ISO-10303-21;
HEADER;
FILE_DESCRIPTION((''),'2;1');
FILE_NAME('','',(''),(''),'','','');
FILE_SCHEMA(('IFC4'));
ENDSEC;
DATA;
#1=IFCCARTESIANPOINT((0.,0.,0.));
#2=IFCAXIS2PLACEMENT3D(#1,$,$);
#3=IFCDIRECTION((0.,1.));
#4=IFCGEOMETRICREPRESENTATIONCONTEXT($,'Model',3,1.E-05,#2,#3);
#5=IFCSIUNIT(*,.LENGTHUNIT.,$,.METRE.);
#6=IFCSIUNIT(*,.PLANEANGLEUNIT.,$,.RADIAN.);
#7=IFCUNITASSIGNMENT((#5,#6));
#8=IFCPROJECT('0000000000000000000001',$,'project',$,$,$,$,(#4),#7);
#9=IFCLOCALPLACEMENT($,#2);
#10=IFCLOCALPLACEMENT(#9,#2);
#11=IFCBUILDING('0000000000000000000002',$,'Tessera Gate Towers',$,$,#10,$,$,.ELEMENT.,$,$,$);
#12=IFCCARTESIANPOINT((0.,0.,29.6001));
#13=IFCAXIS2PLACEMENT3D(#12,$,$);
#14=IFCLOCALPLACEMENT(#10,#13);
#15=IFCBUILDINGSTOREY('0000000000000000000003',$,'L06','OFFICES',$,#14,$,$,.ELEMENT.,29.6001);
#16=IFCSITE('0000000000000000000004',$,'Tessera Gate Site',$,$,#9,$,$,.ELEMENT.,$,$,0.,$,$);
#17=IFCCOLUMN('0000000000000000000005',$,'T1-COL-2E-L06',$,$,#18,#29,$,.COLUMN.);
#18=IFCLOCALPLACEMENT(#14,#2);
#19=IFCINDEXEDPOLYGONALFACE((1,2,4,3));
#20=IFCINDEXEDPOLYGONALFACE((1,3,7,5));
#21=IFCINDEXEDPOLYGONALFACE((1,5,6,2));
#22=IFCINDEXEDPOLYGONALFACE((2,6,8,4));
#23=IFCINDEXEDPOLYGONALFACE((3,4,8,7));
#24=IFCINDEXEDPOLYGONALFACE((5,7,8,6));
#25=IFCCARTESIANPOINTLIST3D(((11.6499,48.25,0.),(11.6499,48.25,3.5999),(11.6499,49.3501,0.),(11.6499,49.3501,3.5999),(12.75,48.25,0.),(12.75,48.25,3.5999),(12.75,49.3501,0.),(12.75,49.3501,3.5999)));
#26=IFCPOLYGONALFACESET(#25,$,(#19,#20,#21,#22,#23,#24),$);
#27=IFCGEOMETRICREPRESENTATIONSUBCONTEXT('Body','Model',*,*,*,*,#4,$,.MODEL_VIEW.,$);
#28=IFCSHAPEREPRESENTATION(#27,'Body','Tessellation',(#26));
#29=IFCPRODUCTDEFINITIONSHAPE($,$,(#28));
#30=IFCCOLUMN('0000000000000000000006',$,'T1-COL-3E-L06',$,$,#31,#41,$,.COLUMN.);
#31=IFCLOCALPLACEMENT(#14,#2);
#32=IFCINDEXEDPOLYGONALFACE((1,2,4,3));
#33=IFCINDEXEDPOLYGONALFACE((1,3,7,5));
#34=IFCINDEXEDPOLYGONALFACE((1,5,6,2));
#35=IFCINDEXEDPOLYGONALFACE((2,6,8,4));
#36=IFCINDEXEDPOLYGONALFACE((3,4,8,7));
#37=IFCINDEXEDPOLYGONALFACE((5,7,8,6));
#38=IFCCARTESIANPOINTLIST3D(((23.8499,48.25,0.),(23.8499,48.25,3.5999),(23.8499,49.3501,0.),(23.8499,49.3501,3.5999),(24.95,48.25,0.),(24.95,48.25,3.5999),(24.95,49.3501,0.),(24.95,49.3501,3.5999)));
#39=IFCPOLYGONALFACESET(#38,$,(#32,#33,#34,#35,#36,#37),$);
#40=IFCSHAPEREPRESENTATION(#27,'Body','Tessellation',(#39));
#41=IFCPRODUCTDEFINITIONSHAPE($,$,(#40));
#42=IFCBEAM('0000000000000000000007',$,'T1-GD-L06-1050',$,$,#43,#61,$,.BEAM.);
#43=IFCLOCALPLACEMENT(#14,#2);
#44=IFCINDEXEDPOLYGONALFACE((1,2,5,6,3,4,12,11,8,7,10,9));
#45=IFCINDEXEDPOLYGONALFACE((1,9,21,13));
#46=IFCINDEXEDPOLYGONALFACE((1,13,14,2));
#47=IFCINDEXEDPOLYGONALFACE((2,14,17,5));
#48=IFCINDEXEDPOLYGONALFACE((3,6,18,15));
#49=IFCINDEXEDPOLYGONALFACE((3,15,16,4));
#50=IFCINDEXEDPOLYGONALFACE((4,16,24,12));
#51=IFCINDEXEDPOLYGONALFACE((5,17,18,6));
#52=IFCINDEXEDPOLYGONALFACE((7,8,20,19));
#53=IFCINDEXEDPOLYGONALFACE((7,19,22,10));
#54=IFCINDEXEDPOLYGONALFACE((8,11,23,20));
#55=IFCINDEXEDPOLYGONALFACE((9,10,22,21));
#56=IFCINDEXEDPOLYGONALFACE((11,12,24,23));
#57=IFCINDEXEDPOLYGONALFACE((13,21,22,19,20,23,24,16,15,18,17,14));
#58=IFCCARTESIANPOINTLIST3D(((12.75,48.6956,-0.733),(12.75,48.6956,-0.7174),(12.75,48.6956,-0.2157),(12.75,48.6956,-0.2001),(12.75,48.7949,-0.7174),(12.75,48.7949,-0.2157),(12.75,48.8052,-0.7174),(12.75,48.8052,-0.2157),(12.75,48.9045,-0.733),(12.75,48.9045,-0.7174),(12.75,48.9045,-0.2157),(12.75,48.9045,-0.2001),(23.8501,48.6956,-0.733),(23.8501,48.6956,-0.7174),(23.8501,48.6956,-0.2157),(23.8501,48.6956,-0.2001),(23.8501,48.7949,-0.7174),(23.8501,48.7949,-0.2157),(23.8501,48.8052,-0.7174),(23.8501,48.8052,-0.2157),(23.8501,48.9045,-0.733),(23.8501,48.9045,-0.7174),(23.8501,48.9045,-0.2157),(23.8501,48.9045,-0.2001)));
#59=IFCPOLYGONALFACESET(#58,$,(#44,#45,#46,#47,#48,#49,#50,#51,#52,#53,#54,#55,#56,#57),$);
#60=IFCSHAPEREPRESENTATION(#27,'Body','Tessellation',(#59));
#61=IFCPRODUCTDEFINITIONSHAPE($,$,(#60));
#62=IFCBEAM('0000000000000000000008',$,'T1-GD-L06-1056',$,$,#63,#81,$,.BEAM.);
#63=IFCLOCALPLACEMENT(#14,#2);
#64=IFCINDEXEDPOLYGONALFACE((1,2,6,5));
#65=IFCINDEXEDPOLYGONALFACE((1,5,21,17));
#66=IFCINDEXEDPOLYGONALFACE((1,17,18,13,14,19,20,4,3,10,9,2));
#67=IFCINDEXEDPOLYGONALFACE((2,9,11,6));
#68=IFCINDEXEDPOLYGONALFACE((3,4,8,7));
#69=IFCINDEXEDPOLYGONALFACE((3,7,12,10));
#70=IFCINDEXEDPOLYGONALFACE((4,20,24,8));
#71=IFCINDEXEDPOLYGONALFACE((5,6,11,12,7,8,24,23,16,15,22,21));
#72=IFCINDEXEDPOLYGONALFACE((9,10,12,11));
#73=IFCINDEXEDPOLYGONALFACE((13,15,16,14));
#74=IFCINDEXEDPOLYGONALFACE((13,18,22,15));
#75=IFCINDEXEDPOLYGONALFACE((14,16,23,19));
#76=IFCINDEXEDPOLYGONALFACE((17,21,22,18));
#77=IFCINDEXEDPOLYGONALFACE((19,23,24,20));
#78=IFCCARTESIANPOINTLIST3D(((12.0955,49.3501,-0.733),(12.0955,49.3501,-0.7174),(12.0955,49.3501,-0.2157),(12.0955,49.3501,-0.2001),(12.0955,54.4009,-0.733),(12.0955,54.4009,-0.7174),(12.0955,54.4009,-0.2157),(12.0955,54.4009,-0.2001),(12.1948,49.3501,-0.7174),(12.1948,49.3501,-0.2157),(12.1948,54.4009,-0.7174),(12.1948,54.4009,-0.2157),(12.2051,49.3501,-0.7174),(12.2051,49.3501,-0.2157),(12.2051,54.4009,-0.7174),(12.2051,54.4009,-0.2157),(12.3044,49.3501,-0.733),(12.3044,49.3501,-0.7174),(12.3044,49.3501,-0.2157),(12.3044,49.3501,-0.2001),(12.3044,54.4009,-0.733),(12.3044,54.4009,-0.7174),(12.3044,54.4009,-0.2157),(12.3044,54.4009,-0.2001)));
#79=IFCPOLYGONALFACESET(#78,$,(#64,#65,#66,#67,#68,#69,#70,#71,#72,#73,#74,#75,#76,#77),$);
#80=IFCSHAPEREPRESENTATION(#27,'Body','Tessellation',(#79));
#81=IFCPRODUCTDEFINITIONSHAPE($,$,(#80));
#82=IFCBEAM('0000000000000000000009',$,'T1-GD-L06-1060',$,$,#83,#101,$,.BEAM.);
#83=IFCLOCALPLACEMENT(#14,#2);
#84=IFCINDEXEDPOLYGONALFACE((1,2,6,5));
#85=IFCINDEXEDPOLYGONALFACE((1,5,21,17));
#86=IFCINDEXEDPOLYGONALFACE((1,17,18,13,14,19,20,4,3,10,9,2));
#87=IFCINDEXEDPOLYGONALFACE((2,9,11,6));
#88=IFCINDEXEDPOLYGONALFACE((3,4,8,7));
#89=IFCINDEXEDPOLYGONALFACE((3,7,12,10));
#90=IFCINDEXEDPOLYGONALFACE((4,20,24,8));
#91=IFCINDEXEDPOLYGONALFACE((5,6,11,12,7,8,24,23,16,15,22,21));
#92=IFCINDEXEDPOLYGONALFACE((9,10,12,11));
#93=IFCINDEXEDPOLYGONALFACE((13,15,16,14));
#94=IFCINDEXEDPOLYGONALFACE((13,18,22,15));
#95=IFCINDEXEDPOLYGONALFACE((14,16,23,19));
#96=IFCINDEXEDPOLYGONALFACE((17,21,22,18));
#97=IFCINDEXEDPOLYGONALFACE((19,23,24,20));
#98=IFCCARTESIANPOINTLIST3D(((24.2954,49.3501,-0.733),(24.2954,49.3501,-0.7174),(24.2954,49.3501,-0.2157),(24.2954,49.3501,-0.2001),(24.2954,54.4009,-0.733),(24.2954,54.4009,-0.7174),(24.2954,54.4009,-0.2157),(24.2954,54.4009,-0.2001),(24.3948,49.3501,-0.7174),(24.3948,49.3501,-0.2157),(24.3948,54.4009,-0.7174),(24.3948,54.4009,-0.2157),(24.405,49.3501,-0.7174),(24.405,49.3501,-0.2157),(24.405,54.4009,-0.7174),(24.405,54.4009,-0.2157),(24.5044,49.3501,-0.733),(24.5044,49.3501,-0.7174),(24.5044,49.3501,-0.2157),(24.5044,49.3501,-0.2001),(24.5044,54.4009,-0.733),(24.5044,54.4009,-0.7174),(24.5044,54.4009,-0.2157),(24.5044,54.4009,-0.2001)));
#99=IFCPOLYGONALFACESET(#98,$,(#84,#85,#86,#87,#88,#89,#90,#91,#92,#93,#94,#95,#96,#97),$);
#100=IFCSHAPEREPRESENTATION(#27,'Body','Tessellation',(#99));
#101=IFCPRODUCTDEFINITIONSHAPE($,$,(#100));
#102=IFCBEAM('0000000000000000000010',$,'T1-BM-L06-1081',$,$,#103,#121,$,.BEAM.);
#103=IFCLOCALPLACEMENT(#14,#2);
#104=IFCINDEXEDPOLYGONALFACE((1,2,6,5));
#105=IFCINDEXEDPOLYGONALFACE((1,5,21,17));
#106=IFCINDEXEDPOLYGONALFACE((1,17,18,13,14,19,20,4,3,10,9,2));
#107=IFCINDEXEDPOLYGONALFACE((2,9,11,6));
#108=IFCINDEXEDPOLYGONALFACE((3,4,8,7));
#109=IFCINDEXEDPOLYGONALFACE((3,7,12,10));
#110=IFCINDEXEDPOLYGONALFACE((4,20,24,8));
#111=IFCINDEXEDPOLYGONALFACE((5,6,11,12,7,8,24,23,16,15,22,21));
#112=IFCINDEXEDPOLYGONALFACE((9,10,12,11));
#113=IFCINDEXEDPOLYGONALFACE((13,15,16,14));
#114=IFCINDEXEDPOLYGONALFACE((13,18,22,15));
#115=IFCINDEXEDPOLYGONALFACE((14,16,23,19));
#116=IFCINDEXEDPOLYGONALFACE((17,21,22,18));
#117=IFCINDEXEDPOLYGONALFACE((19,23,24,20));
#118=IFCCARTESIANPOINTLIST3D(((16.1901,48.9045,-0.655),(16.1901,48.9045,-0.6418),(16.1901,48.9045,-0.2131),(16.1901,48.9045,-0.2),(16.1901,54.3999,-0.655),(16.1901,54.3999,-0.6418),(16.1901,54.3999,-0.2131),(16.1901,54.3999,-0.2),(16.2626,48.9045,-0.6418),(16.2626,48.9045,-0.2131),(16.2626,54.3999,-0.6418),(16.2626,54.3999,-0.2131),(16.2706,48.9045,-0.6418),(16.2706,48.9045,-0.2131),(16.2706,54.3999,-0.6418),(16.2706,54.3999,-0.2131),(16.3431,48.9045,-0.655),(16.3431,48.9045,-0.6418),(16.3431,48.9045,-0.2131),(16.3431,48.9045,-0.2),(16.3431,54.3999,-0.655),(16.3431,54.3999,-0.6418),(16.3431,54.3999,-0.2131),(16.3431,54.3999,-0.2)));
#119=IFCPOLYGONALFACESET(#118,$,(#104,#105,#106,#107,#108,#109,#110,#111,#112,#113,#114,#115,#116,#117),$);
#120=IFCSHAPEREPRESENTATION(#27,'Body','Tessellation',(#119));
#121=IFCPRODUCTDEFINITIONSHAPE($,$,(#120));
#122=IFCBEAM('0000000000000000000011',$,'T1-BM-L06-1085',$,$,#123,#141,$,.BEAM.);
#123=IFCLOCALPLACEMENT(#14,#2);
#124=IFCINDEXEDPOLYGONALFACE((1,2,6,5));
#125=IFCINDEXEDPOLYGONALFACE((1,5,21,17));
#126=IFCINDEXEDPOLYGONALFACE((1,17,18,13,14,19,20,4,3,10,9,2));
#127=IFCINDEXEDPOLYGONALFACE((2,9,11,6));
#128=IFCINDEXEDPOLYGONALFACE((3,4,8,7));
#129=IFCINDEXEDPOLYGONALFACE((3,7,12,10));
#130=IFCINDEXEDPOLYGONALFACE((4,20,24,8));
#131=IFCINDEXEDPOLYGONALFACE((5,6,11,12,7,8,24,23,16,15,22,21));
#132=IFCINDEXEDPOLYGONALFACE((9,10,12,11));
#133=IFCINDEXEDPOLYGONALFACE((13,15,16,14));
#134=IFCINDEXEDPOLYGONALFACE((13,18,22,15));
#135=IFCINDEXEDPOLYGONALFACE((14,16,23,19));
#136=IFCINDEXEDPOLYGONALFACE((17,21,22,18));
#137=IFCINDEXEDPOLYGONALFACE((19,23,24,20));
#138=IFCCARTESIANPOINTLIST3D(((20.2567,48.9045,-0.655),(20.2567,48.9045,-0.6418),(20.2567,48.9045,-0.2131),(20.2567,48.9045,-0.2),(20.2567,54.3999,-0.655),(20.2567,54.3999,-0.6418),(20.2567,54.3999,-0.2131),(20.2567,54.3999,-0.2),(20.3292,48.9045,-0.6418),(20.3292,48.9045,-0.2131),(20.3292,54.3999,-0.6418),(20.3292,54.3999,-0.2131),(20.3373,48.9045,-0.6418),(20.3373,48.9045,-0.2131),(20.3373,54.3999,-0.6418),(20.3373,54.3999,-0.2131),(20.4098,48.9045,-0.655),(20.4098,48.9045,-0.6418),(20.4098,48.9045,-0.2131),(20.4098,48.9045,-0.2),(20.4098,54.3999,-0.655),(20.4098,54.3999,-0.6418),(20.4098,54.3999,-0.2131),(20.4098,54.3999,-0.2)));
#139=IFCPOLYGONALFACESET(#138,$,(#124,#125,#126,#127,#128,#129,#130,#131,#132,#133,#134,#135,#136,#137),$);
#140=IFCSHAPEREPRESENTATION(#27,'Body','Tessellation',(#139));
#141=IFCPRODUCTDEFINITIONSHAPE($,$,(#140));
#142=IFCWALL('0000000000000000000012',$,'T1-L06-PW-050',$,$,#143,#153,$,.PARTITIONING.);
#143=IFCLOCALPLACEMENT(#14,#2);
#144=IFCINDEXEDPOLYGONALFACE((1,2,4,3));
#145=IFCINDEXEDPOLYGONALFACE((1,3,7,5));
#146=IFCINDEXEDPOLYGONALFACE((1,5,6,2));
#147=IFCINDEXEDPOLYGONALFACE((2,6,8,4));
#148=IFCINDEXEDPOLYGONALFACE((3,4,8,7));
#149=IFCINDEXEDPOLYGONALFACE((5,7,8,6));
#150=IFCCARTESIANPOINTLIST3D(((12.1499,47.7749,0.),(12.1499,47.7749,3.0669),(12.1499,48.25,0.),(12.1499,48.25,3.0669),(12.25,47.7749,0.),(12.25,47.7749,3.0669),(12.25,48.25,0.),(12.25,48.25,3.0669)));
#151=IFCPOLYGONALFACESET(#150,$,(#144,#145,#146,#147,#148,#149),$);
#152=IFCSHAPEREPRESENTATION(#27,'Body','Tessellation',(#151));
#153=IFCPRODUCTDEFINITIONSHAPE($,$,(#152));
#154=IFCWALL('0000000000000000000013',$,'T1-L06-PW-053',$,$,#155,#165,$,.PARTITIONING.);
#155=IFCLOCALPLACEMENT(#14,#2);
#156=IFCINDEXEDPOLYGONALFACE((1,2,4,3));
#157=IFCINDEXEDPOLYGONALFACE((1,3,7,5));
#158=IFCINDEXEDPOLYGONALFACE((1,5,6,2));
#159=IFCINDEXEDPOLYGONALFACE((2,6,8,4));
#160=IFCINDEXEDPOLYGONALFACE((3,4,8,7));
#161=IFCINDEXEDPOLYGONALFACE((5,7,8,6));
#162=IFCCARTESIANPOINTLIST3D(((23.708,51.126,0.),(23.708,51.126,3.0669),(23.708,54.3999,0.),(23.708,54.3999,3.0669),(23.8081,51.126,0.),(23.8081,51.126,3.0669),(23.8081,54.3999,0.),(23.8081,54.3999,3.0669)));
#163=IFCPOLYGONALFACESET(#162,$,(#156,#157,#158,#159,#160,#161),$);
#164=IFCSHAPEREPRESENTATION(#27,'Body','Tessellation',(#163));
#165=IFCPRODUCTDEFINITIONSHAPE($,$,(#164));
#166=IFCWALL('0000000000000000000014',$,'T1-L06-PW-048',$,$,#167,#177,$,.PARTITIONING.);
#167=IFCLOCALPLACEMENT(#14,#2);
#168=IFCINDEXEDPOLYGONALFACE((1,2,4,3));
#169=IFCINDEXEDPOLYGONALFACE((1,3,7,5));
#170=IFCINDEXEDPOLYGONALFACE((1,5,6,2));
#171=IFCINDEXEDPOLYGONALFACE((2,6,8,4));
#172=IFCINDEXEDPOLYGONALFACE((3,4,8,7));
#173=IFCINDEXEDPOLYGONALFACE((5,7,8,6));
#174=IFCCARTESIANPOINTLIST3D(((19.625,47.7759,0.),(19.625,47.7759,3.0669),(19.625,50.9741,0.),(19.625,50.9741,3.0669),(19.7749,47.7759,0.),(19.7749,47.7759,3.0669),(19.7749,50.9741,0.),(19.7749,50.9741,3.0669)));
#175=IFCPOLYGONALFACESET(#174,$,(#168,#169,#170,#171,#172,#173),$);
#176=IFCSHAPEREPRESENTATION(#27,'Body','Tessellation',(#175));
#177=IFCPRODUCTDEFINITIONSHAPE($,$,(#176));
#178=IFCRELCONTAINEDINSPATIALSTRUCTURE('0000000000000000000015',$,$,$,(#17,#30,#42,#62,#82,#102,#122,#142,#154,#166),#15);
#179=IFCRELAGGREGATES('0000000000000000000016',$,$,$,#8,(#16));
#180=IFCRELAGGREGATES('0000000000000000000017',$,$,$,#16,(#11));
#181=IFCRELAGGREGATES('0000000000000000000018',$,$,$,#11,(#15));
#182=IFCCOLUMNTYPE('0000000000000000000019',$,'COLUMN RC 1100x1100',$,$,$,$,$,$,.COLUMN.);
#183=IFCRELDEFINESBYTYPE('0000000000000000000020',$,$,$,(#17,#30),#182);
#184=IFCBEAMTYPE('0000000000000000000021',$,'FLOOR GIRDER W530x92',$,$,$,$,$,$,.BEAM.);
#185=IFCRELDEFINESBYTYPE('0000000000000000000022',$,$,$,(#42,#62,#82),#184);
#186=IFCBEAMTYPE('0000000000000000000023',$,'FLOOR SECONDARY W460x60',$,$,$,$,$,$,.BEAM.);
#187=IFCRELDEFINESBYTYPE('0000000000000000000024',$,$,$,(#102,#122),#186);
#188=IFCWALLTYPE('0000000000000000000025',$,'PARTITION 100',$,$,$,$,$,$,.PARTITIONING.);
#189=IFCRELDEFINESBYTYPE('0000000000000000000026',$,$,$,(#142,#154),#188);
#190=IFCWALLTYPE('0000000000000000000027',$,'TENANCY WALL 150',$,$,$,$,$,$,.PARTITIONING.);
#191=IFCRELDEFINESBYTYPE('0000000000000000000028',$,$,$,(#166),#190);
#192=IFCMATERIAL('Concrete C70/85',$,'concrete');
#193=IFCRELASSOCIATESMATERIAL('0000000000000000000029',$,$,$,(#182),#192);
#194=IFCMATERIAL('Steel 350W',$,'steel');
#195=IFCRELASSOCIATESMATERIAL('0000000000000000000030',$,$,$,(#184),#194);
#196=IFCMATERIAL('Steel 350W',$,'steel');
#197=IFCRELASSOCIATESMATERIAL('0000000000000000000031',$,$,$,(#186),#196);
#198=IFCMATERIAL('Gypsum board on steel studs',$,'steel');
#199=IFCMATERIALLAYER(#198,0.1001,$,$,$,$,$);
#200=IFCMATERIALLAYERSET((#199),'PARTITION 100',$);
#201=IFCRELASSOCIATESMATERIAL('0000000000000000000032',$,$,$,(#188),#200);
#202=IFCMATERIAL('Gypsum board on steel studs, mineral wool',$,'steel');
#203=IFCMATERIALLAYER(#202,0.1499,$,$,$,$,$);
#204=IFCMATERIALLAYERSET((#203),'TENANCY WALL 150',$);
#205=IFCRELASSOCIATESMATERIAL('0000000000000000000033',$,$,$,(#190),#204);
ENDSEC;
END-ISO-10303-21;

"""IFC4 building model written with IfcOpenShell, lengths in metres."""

from ifc_helpers import new_model, si_unit, direction, frame, frame_2d, origin, origin_2d, place, context, subcontext, project, spatial, rectangle, i_section, extrude, material, layer, layer_set, material_profile, profile_set, type_object, element, save


model = new_model("IFC4")

# Units and contexts
model_context = context("Model", 3, precision=1e-05, world=origin(), true_north=direction((0.0, 1.0)))
body_context = subcontext(model_context, "Body", "Model", "MODEL_VIEW")
ifc_project = project(units=[si_unit("LENGTHUNIT", "METRE"), si_unit("PLANEANGLEUNIT", "RADIAN")], contexts=[model_context])

# Site, building, storey
site_placement = place(None, origin())
site = spatial("IfcSite", under=ifc_project, at=site_placement, Name="Tessera Gate Site", CompositionType="ELEMENT", RefElevation=0.0)
building_placement = place(site_placement, origin())
building = spatial("IfcBuilding", under=site, at=building_placement, Name="Tessera Gate Towers", CompositionType="ELEMENT")
storey_placement = place(building_placement, frame((0.0, 0.0, 29.6001)))
storey = spatial("IfcBuildingStorey", under=building, at=storey_placement, Name="L06", Description="OFFICES", CompositionType="ELEMENT", Elevation=29.6001)

# Columns
ifc_material_1 = material(Name="Concrete C70/85", Category="concrete")
ifc_material_profile_1 = material_profile(ifc_material_1, rectangle(XDim=1.1001, YDim=1.1001, at=origin_2d()), Name="RC 1100x1100")
ifc_profile_set_1 = profile_set([ifc_material_profile_1], Name="Concrete C70/85")
column_type = type_object("IfcColumnType", Name="COLUMN RC 1100x1100", PredefinedType="COLUMN", material=ifc_profile_set_1)
for number, where, z_axis, x_axis, name in (
    (1, (12.2, 48.8, 0.0), (0.0, 0.0, 1.0), (1.0, 0.0, 0.0), "T1-COL-2E-L06"),
    (2, (24.3999, 48.8, 0.0), (0.0, 0.0, 1.0), (1.0, 0.0, 0.0), "T1-COL-3E-L06"),
):
    element("IfcColumn", number, at=place(storey_placement, frame(where, z_axis=z_axis, x_axis=x_axis)), inside=storey, type_object=column_type, Name=name, PredefinedType="COLUMN", context=body_context, shape_type="SweptSolid", body=[
        extrude(rectangle(XDim=1.1001, YDim=1.1001, at=origin_2d()), origin(), (0.0, 0.0, 1.0), 3.5999),
    ])

# Beams
ifc_material_2 = material(Name="Steel 350W", Category="steel")
ifc_material_profile_2 = material_profile(ifc_material_2, i_section(OverallWidth=0.209, OverallDepth=0.533, WebThickness=0.0103, FlangeThickness=0.0156, at=origin_2d()), Name="W530x92")
ifc_profile_set_2 = profile_set([ifc_material_profile_2], Name="Steel 350W")
beam_type_1 = type_object("IfcBeamType", Name="FLOOR GIRDER W530x92", PredefinedType="BEAM", material=ifc_profile_set_2)
beam_placement = place(storey_placement, frame((12.75, 48.8, -0.4666), z_axis=(1.0, 0.0, 0.0), x_axis=(0.0, 1.0, 0.0)))
element("IfcBeam", 3, at=beam_placement, inside=storey, type_object=beam_type_1, Name="T1-GD-L06-1050", PredefinedType="BEAM", context=body_context, shape_type="SweptSolid", body=[
    extrude(i_section(OverallWidth=0.209, OverallDepth=0.533, WebThickness=0.0103, FlangeThickness=0.0156, at=origin_2d()), origin(), (0.0, 0.0, 1.0), 11.1001),
])
for number, where, z_axis, x_axis, name in (
    (4, (12.2, 49.3501, -0.4666), (0.0, 1.0, 0.0), (-1.0, 0.0, 0.0), "T1-GD-L06-1056"),
    (5, (24.3999, 49.3501, -0.4666), (0.0, 1.0, 0.0), (-1.0, 0.0, 0.0), "T1-GD-L06-1060"),
):
    element("IfcBeam", number, at=place(storey_placement, frame(where, z_axis=z_axis, x_axis=x_axis)), inside=storey, type_object=beam_type_1, Name=name, PredefinedType="BEAM", context=body_context, shape_type="SweptSolid", body=[
        extrude(i_section(OverallWidth=0.209, OverallDepth=0.533, WebThickness=0.0103, FlangeThickness=0.0156, at=origin_2d()), origin(), (0.0, 0.0, 1.0), 5.0508),
    ])
ifc_material_3 = material(Name="Steel 350W", Category="steel")
ifc_material_profile_3 = material_profile(ifc_material_3, i_section(OverallWidth=0.1531, OverallDepth=0.4551, WebThickness=0.0081, FlangeThickness=0.0132, at=origin_2d()), Name="W460x60")
ifc_profile_set_3 = profile_set([ifc_material_profile_3], Name="Steel 350W")
beam_type_2 = type_object("IfcBeamType", Name="FLOOR SECONDARY W460x60", PredefinedType="BEAM", material=ifc_profile_set_3)
for number, where, z_axis, x_axis, name in (
    (6, (16.2666, 48.9045, -0.4275), (0.0, 1.0, 0.0), (-1.0, 0.0, 0.0), "T1-BM-L06-1081"),
    (7, (20.3333, 48.9045, -0.4275), (0.0, 1.0, 0.0), (-1.0, 0.0, 0.0), "T1-BM-L06-1085"),
):
    element("IfcBeam", number, at=place(storey_placement, frame(where, z_axis=z_axis, x_axis=x_axis)), inside=storey, type_object=beam_type_2, Name=name, PredefinedType="BEAM", context=body_context, shape_type="SweptSolid", body=[
        extrude(i_section(OverallWidth=0.1531, OverallDepth=0.4551, WebThickness=0.0081, FlangeThickness=0.0132, at=origin_2d()), origin(), (0.0, 0.0, 1.0), 5.4954),
    ])

# Walls
ifc_material_4 = material(Name="Gypsum board on steel studs", Category="steel")
ifc_layer_1 = layer(ifc_material_4, 0.1001)
ifc_layer_set_1 = layer_set([ifc_layer_1], Name="PARTITION 100")
wall_type_1 = type_object("IfcWallType", Name="PARTITION 100", PredefinedType="PARTITIONING", material=ifc_layer_set_1)
wall_1_placement = place(storey_placement, frame((12.2, 48.25, 0.0), z_axis=(0.0, 0.0, 1.0), x_axis=(0.0, -1.0, 0.0)))
element("IfcWall", 8, at=wall_1_placement, inside=storey, type_object=wall_type_1, Name="T1-L06-PW-050", PredefinedType="PARTITIONING", context=body_context, shape_type="SweptSolid", body=[
    extrude(rectangle(XDim=0.4751, YDim=0.1001, at=frame_2d((0.2375, 0.0))), origin(), (0.0, 0.0, 1.0), 3.0669),
])
wall_2_placement = place(storey_placement, frame((23.7581, 51.126, 0.0), z_axis=(0.0, 0.0, 1.0), x_axis=(0.0, 1.0, 0.0)))
element("IfcWall", 9, at=wall_2_placement, inside=storey, type_object=wall_type_1, Name="T1-L06-PW-053", PredefinedType="PARTITIONING", context=body_context, shape_type="SweptSolid", body=[
    extrude(rectangle(XDim=3.2739, YDim=0.1001, at=frame_2d((1.637, 0.0))), origin(), (0.0, 0.0, 1.0), 3.0669),
])
ifc_material_5 = material(Name="Gypsum board on steel studs, mineral wool", Category="steel")
ifc_layer_2 = layer(ifc_material_5, 0.1499)
ifc_layer_set_2 = layer_set([ifc_layer_2], Name="TENANCY WALL 150")
wall_type_2 = type_object("IfcWallType", Name="TENANCY WALL 150", PredefinedType="PARTITIONING", material=ifc_layer_set_2)
wall_3_placement = place(storey_placement, frame((19.7, 47.7759, 0.0), z_axis=(0.0, 0.0, 1.0), x_axis=(0.0, 1.0, 0.0)))
element("IfcWall", 10, at=wall_3_placement, inside=storey, type_object=wall_type_2, Name="T1-L06-PW-048", PredefinedType="PARTITIONING", context=body_context, shape_type="SweptSolid", body=[
    extrude(rectangle(XDim=3.1982, YDim=0.1499, at=frame_2d((1.5991, 0.0))), origin(), (0.0, 0.0, 1.0), 3.0669),
])

save(model, "model.ifc")
